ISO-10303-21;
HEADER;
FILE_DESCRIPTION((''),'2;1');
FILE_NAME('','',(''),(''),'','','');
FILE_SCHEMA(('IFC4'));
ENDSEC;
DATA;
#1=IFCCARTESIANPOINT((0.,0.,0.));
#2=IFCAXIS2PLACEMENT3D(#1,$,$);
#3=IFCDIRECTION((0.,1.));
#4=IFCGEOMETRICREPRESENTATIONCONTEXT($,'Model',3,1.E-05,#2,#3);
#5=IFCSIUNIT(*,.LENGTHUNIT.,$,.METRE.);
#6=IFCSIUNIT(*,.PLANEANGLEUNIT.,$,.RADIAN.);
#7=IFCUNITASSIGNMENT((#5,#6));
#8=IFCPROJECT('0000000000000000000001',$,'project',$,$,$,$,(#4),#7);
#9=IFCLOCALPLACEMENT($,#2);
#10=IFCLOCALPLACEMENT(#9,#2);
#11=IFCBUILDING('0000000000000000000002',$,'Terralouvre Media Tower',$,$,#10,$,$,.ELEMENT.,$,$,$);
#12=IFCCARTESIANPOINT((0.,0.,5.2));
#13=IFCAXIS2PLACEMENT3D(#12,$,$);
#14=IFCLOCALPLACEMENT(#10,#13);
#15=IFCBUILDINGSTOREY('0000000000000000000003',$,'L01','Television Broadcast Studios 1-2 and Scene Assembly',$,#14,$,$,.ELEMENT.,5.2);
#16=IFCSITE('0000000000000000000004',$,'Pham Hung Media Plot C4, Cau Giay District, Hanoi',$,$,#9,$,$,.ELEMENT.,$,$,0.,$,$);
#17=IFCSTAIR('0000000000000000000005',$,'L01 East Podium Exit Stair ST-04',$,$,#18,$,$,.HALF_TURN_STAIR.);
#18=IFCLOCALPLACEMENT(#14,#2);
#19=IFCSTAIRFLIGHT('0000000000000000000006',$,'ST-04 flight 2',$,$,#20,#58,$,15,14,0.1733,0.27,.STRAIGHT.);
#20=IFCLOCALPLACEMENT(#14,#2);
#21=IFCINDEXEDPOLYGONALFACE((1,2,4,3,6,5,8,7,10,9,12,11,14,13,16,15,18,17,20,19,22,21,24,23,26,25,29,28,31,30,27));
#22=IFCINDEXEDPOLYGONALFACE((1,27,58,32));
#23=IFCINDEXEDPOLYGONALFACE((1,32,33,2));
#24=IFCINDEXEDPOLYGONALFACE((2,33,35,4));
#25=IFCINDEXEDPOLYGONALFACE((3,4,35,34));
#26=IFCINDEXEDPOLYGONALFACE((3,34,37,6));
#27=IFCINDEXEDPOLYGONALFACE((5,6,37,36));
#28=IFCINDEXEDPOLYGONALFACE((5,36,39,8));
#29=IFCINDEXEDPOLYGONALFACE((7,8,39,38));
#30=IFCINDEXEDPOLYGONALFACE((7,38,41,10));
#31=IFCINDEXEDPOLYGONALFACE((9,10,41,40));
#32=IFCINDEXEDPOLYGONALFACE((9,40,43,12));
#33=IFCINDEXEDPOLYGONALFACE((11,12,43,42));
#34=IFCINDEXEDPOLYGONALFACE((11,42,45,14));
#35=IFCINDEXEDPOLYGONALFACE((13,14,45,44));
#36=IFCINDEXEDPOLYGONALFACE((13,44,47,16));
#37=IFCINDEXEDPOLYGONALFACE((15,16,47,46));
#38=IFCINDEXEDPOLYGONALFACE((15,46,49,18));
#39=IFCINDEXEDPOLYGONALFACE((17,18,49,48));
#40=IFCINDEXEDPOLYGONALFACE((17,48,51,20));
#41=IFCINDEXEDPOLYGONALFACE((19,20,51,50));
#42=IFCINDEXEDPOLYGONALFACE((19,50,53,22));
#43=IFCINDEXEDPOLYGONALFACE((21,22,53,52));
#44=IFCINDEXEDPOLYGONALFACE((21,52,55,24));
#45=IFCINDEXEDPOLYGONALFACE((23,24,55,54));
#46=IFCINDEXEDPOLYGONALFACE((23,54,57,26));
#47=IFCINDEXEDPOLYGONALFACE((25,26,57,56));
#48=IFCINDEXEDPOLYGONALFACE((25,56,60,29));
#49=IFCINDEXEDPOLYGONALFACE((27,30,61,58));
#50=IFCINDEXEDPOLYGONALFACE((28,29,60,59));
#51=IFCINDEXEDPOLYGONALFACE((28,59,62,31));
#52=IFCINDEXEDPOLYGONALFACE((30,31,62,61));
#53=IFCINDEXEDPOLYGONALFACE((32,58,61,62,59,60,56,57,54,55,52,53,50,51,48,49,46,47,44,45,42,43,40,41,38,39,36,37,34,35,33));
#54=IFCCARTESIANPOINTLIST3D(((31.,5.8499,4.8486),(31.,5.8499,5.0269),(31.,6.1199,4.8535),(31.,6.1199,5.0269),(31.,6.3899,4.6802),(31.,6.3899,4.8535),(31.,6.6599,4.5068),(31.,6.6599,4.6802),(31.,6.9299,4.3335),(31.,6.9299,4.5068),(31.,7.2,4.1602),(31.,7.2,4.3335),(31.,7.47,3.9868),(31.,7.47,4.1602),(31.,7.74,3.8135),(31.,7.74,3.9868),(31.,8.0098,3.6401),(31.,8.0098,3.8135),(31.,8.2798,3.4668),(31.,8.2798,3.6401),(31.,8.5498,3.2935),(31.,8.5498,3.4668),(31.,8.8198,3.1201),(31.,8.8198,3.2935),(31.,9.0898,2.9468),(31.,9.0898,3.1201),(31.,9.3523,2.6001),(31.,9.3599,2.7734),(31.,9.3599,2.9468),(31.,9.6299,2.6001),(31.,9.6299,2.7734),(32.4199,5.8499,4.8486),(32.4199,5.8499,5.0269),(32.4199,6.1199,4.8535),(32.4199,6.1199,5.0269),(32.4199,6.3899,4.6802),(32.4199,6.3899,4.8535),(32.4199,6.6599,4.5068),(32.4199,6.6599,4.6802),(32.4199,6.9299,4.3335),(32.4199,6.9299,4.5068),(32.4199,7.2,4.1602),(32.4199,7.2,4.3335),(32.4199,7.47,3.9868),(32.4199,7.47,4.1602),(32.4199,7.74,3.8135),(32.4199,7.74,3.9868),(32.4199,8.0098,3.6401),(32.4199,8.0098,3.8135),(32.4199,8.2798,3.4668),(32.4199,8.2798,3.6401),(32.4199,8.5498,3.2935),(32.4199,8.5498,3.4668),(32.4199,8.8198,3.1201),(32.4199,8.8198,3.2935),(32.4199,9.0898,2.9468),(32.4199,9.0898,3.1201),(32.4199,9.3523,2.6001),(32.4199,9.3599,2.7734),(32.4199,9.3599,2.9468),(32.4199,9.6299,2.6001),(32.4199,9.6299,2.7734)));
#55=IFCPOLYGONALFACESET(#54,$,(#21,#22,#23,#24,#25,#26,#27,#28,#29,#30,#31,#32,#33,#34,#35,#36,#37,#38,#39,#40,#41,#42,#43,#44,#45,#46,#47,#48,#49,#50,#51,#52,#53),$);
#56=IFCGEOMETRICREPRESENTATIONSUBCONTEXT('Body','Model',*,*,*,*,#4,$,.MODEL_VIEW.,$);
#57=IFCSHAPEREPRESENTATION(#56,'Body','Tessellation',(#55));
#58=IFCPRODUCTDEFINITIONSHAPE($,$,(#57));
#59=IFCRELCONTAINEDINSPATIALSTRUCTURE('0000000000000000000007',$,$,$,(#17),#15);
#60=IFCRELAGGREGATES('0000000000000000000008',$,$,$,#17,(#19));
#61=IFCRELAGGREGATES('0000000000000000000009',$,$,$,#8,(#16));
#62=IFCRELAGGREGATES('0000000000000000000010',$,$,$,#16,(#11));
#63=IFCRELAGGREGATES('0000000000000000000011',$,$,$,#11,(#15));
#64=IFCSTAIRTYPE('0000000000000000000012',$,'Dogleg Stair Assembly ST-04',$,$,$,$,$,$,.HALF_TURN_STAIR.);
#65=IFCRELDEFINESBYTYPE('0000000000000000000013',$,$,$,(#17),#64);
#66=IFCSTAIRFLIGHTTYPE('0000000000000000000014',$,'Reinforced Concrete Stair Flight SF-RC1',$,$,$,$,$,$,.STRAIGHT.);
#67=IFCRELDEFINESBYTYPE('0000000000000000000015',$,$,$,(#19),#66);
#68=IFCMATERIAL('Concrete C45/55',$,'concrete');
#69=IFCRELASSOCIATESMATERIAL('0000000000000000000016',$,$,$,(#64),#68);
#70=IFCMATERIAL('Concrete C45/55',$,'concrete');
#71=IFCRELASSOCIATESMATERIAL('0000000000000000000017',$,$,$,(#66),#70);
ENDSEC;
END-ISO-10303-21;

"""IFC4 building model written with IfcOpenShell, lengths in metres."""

from ifc_helpers import new_model, si_unit, direction, frame, origin, place, context, subcontext, project, spatial, polyline, outline, extrude, material, type_object, element, aggregate, save


model = new_model("IFC4")

# Units and contexts
model_context = context("Model", 3, precision=1e-05, world=origin(), true_north=direction((0.0, 1.0)))
body_context = subcontext(model_context, "Body", "Model", "MODEL_VIEW")
ifc_project = project(units=[si_unit("LENGTHUNIT", "METRE"), si_unit("PLANEANGLEUNIT", "RADIAN")], contexts=[model_context])

# Site, building, storey
site_placement = place(None, origin())
site = spatial("IfcSite", under=ifc_project, at=site_placement, Name="Pham Hung Media Plot C4, Cau Giay District, Hanoi", CompositionType="ELEMENT", RefElevation=0.0)
building_placement = place(site_placement, origin())
building = spatial("IfcBuilding", under=site, at=building_placement, Name="Terralouvre Media Tower", CompositionType="ELEMENT")
storey_placement = place(building_placement, frame((0.0, 0.0, 5.2)))
storey = spatial("IfcBuildingStorey", under=building, at=storey_placement, Name="L01", Description="Television Broadcast Studios 1-2 and Scene Assembly", CompositionType="ELEMENT", Elevation=5.2)

# Stair, stair flight
ifc_material_1 = material(Name="Concrete C45/55", Category="concrete")
stair_type = type_object("IfcStairType", Name="Dogleg Stair Assembly ST-04", PredefinedType="HALF_TURN_STAIR", material=ifc_material_1)
stair_placement = place(storey_placement, origin())
stair = element("IfcStair", 1, at=stair_placement, inside=storey, type_object=stair_type, Name="L01 East Podium Exit Stair ST-04", PredefinedType="HALF_TURN_STAIR")
ifc_material_2 = material(Name="Concrete C45/55", Category="concrete")
stair_flight_type = type_object("IfcStairFlightType", Name="Reinforced Concrete Stair Flight SF-RC1", PredefinedType="STRAIGHT", material=ifc_material_2)
stair_flight_1_placement = place(storey_placement, frame((31.71, 9.6299, 2.6001), z_axis=(0.0, 0.0, 1.0), x_axis=(0.0, -1.0, 0.0)))
stair_flight_1 = element("IfcStairFlight", 2, at=stair_flight_1_placement, type_object=stair_flight_type, Name="ST-04 flight 2", NumberOfRisers=15, NumberOfTreads=14, PredefinedType="STRAIGHT", RiserHeight=0.1733, TreadLength=0.27, context=body_context, shape_type="SweptSolid", body=[
    extrude(outline(polyline([(0.0, 0.0), (0.0, 0.1733), (0.27, 0.1733), (0.27, 0.3467), (0.54, 0.3467), (0.54, 0.52), (0.8101, 0.52), (0.8101, 0.6934), (1.0801, 0.6934), (1.0801, 0.8667), (1.3501, 0.8667), (1.3501, 1.04), (1.6201, 1.04), (1.6201, 1.2134), (1.8899, 1.2134), (1.8899, 1.3867), (2.1599, 1.3867), (2.1599, 1.5601), (2.4299, 1.5601), (2.4299, 1.7334), (2.7, 1.7334), (2.7, 1.9067), (2.97, 1.9067), (2.97, 2.0801), (3.24, 2.0801), (3.24, 2.2534), (3.51, 2.2534), (3.51, 2.4268), (3.78, 2.4268), (3.78, 2.6001), (3.78, 2.2485), (0.2776, 0.0), (0.0, 0.0)])), frame((0.0, 0.71, 0.0), z_axis=(0.0, -1.0, 0.0), x_axis=(1.0, 0.0, 0.0)), (0.0, 0.0, 1.0), 1.4199),
])
aggregate(stair, [stair_flight_1])

save(model, "model.ifc")
